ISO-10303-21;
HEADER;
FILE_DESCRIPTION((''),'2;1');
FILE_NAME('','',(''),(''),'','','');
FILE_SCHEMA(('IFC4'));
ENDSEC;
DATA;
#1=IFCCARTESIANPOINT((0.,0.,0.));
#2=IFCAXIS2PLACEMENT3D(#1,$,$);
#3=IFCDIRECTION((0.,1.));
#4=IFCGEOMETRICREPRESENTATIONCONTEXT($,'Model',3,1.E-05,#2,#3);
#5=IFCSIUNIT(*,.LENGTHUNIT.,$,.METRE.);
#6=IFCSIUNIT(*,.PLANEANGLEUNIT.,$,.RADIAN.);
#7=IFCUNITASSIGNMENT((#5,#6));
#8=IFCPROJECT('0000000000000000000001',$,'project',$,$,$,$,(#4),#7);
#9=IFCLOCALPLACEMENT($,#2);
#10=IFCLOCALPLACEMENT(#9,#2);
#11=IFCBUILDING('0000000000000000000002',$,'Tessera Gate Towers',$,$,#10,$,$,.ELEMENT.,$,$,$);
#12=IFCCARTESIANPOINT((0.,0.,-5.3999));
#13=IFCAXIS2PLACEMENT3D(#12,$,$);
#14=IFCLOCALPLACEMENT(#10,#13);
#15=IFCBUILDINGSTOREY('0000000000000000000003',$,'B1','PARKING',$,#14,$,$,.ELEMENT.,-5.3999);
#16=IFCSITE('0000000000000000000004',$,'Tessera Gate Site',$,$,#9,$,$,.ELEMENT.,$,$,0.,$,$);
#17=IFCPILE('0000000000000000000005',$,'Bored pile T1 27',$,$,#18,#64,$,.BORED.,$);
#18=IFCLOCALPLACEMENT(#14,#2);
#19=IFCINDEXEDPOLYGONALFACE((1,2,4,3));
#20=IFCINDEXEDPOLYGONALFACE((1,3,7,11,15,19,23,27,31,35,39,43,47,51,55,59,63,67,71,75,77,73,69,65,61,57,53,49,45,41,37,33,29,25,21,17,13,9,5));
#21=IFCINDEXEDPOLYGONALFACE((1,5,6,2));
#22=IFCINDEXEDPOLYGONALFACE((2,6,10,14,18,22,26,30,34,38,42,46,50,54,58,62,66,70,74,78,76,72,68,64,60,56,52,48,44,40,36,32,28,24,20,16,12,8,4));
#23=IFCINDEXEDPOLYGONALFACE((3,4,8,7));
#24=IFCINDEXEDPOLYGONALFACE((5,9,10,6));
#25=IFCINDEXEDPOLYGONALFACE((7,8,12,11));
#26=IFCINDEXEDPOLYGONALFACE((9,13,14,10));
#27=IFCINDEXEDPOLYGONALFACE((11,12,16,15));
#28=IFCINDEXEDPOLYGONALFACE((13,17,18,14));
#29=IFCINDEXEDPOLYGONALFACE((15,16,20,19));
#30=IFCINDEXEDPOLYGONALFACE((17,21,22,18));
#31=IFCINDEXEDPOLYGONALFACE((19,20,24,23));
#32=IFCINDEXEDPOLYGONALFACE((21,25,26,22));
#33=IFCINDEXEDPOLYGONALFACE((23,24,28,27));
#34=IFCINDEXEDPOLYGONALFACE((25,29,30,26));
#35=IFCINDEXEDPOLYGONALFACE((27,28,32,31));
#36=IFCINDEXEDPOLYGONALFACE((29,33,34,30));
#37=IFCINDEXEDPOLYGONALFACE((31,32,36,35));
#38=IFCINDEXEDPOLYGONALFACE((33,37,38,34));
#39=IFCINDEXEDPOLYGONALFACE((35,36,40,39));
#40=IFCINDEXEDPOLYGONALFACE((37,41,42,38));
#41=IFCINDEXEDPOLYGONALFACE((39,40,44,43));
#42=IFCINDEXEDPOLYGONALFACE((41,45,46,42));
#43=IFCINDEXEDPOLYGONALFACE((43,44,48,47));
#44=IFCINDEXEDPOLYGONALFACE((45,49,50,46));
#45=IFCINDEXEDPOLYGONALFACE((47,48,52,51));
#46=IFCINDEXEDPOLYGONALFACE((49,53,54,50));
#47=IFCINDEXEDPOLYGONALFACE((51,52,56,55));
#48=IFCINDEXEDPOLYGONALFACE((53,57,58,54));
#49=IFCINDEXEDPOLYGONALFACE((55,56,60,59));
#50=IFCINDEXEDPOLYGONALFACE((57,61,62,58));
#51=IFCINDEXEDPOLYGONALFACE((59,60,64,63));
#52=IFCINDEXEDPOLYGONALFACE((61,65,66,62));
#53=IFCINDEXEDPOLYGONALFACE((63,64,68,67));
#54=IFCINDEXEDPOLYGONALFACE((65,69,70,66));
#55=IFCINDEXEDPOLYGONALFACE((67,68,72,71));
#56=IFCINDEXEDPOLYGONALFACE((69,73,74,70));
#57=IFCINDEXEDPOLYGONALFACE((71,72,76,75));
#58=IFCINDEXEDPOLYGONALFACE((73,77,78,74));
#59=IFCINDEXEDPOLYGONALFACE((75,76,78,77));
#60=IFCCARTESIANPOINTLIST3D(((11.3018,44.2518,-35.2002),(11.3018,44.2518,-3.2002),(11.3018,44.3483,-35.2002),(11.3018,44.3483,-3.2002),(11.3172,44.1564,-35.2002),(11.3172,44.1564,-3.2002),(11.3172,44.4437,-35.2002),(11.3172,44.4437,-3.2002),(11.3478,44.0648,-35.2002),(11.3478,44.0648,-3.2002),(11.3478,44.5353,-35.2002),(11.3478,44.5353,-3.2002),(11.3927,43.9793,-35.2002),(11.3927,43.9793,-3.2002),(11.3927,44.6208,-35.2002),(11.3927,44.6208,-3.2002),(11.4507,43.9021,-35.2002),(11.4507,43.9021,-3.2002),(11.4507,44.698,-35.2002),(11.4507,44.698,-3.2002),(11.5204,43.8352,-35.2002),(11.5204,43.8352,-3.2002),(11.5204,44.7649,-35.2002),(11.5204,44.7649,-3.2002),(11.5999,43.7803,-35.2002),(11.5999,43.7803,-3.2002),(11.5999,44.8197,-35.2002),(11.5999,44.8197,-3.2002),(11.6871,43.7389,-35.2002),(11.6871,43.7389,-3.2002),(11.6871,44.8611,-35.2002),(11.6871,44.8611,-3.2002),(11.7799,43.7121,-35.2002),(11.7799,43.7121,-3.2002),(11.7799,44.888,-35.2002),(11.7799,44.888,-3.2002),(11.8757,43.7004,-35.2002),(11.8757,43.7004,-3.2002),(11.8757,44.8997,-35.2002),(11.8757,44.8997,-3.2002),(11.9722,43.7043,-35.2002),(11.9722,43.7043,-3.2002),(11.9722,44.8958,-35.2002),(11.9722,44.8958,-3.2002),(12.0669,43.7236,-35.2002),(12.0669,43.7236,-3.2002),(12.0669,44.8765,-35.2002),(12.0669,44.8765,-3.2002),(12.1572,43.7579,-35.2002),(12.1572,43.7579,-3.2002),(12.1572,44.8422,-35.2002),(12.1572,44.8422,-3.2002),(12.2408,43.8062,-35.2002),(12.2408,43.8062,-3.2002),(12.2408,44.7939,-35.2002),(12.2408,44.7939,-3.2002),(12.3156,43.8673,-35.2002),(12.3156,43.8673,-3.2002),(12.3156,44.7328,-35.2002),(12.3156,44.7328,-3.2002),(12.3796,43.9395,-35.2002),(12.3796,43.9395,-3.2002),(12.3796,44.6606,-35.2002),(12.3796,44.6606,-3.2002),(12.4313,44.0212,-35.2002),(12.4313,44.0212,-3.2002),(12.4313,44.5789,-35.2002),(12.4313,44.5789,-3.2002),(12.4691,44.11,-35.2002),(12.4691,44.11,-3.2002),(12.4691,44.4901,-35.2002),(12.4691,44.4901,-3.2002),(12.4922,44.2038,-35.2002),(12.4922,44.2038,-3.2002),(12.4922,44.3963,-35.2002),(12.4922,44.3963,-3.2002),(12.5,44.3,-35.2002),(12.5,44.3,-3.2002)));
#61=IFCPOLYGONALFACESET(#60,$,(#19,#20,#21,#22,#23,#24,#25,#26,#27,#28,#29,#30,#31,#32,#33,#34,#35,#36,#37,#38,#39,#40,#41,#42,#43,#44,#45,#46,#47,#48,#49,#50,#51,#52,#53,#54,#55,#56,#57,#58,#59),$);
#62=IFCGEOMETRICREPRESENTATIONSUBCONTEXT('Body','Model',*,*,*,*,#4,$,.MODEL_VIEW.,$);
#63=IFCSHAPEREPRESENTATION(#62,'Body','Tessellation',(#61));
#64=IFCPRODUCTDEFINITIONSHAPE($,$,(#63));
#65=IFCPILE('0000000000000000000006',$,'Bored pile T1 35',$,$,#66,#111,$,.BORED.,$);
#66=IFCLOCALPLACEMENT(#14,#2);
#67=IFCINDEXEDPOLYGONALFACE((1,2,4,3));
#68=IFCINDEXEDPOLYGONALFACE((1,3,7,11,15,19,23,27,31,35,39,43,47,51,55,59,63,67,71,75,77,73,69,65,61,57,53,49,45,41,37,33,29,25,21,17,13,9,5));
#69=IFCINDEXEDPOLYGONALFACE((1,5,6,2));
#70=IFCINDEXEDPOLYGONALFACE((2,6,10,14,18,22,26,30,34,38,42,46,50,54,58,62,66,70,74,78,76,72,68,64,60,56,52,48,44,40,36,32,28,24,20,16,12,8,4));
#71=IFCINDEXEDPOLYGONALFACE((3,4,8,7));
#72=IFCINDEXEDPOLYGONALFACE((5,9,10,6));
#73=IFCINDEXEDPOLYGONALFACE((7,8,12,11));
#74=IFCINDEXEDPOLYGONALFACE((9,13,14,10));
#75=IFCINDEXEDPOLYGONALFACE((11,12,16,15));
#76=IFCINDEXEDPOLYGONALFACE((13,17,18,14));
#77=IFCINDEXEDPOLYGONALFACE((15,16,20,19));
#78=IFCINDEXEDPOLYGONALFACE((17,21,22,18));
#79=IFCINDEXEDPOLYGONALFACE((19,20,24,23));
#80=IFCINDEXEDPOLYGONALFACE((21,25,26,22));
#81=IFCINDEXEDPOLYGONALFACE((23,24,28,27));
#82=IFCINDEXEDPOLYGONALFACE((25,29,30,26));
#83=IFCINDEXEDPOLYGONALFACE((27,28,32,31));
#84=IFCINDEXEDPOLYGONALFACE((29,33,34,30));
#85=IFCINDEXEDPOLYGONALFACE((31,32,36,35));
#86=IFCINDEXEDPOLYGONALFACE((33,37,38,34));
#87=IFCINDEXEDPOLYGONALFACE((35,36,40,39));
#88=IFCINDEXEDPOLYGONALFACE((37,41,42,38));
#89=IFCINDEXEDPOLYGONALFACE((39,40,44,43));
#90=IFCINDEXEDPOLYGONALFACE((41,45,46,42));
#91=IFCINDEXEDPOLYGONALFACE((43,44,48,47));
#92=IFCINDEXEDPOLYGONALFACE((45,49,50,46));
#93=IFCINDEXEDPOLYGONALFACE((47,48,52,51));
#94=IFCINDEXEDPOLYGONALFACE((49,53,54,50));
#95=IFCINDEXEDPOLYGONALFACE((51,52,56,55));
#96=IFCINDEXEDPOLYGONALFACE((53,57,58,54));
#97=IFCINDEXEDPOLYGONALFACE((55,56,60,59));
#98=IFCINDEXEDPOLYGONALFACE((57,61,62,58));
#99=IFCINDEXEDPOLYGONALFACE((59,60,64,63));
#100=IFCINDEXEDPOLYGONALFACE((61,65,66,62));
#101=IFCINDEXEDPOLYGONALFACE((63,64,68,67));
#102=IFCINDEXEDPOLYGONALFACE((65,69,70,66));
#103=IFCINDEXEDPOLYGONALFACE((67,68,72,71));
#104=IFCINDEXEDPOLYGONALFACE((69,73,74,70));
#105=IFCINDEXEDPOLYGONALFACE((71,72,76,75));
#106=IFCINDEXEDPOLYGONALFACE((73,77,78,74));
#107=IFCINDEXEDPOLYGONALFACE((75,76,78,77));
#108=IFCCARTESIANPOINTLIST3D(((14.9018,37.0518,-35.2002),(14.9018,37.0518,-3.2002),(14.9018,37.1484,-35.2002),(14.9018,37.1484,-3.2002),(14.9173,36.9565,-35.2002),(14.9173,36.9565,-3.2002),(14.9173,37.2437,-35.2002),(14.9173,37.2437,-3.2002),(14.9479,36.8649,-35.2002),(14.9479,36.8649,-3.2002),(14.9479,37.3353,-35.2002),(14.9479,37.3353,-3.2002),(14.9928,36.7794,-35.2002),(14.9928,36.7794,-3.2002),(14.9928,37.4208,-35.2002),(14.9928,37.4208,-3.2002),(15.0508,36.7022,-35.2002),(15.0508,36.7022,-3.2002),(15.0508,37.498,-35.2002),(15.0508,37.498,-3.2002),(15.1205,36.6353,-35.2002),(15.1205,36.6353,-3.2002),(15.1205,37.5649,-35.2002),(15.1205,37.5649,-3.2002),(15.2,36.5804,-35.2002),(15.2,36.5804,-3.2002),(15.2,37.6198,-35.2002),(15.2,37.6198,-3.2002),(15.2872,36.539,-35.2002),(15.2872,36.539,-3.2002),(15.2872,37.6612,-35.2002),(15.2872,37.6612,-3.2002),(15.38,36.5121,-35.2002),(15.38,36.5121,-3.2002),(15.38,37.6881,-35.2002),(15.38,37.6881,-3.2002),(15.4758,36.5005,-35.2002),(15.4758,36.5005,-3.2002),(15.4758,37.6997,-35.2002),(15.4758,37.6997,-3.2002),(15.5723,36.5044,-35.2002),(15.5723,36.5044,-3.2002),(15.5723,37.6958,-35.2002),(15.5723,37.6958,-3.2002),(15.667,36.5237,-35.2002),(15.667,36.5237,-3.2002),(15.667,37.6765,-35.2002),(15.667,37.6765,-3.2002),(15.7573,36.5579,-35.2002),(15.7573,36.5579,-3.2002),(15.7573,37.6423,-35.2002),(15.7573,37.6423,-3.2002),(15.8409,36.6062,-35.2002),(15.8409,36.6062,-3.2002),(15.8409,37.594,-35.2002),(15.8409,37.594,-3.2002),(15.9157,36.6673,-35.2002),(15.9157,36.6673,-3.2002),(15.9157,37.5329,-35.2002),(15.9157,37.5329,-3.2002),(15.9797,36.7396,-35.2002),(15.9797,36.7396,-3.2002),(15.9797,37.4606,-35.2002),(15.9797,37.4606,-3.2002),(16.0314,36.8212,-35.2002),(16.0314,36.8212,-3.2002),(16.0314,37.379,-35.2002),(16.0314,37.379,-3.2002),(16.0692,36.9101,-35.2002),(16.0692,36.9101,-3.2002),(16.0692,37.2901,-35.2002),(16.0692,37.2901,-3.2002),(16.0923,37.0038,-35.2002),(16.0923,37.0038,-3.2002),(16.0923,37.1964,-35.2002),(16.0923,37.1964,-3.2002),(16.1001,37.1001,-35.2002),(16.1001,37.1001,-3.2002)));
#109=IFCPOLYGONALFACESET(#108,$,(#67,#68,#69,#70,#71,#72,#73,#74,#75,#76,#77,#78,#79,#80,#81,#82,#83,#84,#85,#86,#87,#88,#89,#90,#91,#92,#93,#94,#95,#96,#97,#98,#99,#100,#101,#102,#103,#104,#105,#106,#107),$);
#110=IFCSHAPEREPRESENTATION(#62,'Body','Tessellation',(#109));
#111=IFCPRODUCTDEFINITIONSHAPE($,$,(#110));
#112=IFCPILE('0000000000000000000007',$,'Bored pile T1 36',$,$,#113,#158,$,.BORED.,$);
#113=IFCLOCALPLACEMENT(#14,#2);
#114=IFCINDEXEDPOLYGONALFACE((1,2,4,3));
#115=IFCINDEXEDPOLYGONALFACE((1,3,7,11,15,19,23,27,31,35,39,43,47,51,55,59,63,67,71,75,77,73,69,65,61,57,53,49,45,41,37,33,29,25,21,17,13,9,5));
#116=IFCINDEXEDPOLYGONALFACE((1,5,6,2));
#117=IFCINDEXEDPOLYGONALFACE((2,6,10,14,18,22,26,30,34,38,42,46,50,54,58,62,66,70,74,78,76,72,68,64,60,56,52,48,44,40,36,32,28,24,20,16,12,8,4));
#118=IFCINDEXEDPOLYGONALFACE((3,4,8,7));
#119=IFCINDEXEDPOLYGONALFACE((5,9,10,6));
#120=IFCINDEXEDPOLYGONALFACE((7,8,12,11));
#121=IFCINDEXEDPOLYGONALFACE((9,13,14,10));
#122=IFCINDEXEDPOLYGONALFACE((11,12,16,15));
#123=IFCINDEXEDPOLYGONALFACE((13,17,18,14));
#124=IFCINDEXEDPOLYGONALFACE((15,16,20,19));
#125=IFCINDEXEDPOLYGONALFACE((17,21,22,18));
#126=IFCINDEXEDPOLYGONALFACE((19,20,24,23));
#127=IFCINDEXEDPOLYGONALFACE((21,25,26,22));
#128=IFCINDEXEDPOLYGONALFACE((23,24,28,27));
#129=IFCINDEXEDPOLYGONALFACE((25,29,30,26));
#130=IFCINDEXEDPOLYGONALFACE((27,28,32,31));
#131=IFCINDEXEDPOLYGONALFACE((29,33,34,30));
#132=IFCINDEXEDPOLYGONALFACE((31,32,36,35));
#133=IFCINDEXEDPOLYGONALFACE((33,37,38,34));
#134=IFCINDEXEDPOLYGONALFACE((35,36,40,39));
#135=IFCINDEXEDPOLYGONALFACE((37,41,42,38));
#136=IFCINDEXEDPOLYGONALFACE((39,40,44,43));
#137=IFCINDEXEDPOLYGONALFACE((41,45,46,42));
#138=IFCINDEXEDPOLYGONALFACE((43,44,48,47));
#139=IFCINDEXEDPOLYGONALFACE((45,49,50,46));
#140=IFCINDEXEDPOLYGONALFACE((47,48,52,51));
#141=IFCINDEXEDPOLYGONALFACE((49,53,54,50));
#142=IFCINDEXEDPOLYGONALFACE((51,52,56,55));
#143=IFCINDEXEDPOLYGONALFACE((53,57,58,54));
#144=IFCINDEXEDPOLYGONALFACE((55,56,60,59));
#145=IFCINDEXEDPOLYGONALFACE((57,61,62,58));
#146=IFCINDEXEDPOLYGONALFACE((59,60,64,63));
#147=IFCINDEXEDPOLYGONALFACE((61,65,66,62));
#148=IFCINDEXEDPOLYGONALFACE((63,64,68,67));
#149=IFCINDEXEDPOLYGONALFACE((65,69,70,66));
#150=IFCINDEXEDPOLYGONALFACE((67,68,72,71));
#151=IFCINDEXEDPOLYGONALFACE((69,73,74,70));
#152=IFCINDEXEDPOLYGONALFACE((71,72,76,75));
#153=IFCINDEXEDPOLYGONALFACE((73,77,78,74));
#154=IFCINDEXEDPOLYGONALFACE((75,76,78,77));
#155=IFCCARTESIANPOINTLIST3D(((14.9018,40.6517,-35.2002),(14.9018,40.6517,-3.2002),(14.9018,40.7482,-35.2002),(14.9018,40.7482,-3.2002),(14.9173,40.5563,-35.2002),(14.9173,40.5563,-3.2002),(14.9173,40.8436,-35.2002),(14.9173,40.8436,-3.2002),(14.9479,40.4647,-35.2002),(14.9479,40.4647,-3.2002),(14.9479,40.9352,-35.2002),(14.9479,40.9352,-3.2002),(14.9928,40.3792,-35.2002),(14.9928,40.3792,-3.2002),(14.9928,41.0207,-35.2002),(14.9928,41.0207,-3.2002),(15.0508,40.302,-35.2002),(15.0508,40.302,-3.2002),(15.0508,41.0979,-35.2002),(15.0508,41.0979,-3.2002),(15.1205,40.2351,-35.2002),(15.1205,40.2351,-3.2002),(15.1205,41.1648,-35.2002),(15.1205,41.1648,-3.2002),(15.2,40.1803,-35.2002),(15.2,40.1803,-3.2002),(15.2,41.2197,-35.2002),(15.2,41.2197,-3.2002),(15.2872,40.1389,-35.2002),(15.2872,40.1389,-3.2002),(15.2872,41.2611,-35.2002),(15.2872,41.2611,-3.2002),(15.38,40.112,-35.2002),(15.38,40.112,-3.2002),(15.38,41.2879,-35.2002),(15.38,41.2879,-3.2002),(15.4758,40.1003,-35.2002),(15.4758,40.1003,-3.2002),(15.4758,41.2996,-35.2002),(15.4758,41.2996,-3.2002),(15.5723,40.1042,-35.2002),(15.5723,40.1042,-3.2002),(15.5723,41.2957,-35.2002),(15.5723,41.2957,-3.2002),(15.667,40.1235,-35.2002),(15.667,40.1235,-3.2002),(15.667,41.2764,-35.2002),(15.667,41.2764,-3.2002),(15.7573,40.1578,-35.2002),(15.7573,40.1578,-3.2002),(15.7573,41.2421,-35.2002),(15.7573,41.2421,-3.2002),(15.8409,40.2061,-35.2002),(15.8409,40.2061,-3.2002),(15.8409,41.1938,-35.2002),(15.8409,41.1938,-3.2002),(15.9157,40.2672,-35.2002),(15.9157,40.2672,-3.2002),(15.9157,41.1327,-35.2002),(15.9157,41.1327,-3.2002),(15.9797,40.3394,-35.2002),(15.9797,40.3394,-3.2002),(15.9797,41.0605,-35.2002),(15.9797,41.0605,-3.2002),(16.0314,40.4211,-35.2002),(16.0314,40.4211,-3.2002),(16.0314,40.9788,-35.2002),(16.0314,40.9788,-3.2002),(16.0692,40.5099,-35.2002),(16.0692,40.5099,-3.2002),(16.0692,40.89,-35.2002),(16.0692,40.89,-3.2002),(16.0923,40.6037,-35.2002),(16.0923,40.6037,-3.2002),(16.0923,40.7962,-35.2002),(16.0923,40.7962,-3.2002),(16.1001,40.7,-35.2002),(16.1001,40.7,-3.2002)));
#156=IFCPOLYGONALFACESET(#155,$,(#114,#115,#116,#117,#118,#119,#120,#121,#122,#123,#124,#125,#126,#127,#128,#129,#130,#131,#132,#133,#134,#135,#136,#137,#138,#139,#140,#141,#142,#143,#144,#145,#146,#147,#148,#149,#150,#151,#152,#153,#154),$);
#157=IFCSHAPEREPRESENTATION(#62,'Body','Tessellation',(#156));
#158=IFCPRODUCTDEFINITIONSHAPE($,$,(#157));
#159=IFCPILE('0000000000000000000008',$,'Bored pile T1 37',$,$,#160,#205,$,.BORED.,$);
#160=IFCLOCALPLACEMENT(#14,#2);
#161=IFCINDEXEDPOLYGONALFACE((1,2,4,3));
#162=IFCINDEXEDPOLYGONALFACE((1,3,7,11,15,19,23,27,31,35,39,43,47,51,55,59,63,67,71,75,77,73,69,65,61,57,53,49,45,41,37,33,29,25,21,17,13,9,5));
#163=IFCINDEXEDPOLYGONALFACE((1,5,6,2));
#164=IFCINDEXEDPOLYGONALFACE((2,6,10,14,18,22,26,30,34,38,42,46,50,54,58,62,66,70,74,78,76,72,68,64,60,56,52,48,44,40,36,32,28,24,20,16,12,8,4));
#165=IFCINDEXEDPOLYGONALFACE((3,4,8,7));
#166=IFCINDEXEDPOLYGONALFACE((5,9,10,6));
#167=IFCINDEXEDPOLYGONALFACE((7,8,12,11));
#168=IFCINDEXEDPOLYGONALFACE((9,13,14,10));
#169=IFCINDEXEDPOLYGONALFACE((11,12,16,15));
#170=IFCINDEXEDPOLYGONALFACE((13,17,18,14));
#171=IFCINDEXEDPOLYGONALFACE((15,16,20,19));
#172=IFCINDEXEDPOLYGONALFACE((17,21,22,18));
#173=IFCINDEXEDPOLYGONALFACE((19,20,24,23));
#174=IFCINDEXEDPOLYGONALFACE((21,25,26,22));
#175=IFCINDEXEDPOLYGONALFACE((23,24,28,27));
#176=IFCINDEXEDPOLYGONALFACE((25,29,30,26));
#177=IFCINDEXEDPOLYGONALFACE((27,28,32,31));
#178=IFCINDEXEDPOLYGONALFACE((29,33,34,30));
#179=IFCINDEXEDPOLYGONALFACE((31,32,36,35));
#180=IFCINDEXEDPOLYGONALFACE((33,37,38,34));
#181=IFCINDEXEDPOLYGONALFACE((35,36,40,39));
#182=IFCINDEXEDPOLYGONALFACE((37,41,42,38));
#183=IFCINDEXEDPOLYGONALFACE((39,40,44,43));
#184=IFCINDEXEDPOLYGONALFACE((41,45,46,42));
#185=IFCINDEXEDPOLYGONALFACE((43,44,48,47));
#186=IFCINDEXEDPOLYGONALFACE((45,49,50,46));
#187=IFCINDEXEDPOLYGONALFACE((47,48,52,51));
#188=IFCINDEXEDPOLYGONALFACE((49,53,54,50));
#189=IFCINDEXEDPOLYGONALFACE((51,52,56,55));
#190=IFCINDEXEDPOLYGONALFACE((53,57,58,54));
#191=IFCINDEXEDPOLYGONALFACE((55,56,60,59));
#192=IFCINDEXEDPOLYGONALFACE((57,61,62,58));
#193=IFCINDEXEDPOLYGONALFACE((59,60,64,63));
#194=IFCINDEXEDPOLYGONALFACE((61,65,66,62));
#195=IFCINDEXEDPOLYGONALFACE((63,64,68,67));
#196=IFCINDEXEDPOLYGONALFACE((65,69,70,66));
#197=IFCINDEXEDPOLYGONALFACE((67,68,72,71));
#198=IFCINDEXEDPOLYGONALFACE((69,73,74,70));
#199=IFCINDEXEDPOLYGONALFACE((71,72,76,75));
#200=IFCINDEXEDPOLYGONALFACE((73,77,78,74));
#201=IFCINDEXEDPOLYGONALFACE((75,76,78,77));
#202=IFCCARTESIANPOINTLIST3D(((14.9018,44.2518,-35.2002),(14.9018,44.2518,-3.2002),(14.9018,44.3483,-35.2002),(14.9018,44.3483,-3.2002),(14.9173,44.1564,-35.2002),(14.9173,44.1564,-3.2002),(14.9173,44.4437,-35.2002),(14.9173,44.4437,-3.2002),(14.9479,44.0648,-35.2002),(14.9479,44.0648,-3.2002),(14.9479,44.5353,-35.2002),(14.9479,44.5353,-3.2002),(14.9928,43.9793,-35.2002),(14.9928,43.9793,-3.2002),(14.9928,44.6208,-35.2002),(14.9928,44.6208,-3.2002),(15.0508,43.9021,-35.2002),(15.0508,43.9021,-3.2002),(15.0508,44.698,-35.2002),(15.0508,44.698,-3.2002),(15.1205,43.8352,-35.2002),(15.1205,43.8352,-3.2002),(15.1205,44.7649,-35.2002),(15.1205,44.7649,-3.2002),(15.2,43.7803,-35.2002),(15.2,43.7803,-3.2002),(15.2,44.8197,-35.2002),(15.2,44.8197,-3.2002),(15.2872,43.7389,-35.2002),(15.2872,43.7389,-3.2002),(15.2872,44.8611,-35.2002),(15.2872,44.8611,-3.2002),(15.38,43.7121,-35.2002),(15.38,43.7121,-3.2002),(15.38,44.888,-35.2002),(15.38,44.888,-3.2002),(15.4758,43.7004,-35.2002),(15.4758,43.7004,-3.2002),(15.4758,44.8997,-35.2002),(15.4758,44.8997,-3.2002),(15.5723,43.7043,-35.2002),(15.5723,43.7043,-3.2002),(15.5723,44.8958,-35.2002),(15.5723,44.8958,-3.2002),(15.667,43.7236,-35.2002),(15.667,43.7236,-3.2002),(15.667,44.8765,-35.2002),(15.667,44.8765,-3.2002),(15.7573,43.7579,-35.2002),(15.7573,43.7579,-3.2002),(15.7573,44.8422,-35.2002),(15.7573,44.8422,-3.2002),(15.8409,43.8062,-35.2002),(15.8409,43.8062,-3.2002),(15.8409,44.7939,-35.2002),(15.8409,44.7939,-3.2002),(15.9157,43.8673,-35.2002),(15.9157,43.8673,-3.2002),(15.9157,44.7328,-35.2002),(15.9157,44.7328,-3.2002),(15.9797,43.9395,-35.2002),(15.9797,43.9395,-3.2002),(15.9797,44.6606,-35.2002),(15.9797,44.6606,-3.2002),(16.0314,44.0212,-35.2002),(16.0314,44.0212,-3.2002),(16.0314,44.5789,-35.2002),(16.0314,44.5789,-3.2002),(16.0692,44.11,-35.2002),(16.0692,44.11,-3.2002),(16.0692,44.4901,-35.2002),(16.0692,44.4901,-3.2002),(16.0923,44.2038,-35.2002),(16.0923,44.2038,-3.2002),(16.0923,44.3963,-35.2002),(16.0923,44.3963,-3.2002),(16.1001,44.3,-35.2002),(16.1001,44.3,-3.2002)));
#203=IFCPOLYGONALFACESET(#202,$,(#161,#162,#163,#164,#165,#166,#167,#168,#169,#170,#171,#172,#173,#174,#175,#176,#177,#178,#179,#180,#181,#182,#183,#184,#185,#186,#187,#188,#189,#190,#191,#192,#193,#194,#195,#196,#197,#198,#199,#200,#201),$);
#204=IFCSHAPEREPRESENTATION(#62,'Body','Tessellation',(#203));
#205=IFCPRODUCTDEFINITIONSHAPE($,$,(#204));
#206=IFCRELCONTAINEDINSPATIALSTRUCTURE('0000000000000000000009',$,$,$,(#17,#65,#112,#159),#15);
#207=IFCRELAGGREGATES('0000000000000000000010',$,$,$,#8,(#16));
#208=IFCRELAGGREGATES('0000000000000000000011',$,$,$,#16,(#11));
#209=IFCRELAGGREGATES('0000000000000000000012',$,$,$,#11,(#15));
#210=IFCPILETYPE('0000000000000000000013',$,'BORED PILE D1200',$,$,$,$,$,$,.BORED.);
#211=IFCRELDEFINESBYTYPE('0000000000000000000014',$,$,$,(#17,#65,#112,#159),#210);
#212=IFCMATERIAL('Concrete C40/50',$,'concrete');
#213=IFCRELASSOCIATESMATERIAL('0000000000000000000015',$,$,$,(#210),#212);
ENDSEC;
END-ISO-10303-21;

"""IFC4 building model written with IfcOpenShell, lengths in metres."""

from ifc_helpers import new_model, si_unit, direction, frame, origin, origin_2d, place, context, subcontext, project, spatial, circle, extrude, material, material_profile, profile_set, type_object, element, save


model = new_model("IFC4")

# Units and contexts
model_context = context("Model", 3, precision=1e-05, world=origin(), true_north=direction((0.0, 1.0)))
body_context = subcontext(model_context, "Body", "Model", "MODEL_VIEW")
ifc_project = project(units=[si_unit("LENGTHUNIT", "METRE"), si_unit("PLANEANGLEUNIT", "RADIAN")], contexts=[model_context])

# Site, building, storey
site_placement = place(None, origin())
site = spatial("IfcSite", under=ifc_project, at=site_placement, Name="Tessera Gate Site", CompositionType="ELEMENT", RefElevation=0.0)
building_placement = place(site_placement, origin())
building = spatial("IfcBuilding", under=site, at=building_placement, Name="Tessera Gate Towers", CompositionType="ELEMENT")
storey_placement = place(building_placement, frame((0.0, 0.0, -5.3999)))
storey = spatial("IfcBuildingStorey", under=building, at=storey_placement, Name="B1", Description="PARKING", CompositionType="ELEMENT", Elevation=-5.3999)

# Piles
ifc_material_1 = material(Name="Concrete C40/50", Category="concrete")
ifc_material_profile_1 = material_profile(ifc_material_1, circle(Radius=0.6001, at=origin_2d()), Name="BORED PILE D1200")
ifc_profile_set_1 = profile_set([ifc_material_profile_1], Name="Concrete C40/50")
pile_type = type_object("IfcPileType", Name="BORED PILE D1200", PredefinedType="BORED", material=ifc_profile_set_1)
for number, where, z_axis, x_axis, name in (
    (1, (11.8999, 44.3, -3.2002), (0.0, 0.0, -1.0), (1.0, 0.0, 0.0), "Bored pile T1 27"),
    (2, (15.5, 37.1001, -3.2002), (0.0, 0.0, -1.0), (1.0, 0.0, 0.0), "Bored pile T1 35"),
    (3, (15.5, 40.7, -3.2002), (0.0, 0.0, -1.0), (1.0, 0.0, 0.0), "Bored pile T1 36"),
    (4, (15.5, 44.3, -3.2002), (0.0, 0.0, -1.0), (1.0, 0.0, 0.0), "Bored pile T1 37"),
):
    element("IfcPile", number, at=place(storey_placement, frame(where, z_axis=z_axis, x_axis=x_axis)), inside=storey, type_object=pile_type, Name=name, PredefinedType="BORED", context=body_context, shape_type="SweptSolid", body=[
        extrude(circle(Radius=0.6001, at=origin_2d()), origin(), (0.0, 0.0, 1.0), 32.0),
    ])

save(model, "model.ifc")
